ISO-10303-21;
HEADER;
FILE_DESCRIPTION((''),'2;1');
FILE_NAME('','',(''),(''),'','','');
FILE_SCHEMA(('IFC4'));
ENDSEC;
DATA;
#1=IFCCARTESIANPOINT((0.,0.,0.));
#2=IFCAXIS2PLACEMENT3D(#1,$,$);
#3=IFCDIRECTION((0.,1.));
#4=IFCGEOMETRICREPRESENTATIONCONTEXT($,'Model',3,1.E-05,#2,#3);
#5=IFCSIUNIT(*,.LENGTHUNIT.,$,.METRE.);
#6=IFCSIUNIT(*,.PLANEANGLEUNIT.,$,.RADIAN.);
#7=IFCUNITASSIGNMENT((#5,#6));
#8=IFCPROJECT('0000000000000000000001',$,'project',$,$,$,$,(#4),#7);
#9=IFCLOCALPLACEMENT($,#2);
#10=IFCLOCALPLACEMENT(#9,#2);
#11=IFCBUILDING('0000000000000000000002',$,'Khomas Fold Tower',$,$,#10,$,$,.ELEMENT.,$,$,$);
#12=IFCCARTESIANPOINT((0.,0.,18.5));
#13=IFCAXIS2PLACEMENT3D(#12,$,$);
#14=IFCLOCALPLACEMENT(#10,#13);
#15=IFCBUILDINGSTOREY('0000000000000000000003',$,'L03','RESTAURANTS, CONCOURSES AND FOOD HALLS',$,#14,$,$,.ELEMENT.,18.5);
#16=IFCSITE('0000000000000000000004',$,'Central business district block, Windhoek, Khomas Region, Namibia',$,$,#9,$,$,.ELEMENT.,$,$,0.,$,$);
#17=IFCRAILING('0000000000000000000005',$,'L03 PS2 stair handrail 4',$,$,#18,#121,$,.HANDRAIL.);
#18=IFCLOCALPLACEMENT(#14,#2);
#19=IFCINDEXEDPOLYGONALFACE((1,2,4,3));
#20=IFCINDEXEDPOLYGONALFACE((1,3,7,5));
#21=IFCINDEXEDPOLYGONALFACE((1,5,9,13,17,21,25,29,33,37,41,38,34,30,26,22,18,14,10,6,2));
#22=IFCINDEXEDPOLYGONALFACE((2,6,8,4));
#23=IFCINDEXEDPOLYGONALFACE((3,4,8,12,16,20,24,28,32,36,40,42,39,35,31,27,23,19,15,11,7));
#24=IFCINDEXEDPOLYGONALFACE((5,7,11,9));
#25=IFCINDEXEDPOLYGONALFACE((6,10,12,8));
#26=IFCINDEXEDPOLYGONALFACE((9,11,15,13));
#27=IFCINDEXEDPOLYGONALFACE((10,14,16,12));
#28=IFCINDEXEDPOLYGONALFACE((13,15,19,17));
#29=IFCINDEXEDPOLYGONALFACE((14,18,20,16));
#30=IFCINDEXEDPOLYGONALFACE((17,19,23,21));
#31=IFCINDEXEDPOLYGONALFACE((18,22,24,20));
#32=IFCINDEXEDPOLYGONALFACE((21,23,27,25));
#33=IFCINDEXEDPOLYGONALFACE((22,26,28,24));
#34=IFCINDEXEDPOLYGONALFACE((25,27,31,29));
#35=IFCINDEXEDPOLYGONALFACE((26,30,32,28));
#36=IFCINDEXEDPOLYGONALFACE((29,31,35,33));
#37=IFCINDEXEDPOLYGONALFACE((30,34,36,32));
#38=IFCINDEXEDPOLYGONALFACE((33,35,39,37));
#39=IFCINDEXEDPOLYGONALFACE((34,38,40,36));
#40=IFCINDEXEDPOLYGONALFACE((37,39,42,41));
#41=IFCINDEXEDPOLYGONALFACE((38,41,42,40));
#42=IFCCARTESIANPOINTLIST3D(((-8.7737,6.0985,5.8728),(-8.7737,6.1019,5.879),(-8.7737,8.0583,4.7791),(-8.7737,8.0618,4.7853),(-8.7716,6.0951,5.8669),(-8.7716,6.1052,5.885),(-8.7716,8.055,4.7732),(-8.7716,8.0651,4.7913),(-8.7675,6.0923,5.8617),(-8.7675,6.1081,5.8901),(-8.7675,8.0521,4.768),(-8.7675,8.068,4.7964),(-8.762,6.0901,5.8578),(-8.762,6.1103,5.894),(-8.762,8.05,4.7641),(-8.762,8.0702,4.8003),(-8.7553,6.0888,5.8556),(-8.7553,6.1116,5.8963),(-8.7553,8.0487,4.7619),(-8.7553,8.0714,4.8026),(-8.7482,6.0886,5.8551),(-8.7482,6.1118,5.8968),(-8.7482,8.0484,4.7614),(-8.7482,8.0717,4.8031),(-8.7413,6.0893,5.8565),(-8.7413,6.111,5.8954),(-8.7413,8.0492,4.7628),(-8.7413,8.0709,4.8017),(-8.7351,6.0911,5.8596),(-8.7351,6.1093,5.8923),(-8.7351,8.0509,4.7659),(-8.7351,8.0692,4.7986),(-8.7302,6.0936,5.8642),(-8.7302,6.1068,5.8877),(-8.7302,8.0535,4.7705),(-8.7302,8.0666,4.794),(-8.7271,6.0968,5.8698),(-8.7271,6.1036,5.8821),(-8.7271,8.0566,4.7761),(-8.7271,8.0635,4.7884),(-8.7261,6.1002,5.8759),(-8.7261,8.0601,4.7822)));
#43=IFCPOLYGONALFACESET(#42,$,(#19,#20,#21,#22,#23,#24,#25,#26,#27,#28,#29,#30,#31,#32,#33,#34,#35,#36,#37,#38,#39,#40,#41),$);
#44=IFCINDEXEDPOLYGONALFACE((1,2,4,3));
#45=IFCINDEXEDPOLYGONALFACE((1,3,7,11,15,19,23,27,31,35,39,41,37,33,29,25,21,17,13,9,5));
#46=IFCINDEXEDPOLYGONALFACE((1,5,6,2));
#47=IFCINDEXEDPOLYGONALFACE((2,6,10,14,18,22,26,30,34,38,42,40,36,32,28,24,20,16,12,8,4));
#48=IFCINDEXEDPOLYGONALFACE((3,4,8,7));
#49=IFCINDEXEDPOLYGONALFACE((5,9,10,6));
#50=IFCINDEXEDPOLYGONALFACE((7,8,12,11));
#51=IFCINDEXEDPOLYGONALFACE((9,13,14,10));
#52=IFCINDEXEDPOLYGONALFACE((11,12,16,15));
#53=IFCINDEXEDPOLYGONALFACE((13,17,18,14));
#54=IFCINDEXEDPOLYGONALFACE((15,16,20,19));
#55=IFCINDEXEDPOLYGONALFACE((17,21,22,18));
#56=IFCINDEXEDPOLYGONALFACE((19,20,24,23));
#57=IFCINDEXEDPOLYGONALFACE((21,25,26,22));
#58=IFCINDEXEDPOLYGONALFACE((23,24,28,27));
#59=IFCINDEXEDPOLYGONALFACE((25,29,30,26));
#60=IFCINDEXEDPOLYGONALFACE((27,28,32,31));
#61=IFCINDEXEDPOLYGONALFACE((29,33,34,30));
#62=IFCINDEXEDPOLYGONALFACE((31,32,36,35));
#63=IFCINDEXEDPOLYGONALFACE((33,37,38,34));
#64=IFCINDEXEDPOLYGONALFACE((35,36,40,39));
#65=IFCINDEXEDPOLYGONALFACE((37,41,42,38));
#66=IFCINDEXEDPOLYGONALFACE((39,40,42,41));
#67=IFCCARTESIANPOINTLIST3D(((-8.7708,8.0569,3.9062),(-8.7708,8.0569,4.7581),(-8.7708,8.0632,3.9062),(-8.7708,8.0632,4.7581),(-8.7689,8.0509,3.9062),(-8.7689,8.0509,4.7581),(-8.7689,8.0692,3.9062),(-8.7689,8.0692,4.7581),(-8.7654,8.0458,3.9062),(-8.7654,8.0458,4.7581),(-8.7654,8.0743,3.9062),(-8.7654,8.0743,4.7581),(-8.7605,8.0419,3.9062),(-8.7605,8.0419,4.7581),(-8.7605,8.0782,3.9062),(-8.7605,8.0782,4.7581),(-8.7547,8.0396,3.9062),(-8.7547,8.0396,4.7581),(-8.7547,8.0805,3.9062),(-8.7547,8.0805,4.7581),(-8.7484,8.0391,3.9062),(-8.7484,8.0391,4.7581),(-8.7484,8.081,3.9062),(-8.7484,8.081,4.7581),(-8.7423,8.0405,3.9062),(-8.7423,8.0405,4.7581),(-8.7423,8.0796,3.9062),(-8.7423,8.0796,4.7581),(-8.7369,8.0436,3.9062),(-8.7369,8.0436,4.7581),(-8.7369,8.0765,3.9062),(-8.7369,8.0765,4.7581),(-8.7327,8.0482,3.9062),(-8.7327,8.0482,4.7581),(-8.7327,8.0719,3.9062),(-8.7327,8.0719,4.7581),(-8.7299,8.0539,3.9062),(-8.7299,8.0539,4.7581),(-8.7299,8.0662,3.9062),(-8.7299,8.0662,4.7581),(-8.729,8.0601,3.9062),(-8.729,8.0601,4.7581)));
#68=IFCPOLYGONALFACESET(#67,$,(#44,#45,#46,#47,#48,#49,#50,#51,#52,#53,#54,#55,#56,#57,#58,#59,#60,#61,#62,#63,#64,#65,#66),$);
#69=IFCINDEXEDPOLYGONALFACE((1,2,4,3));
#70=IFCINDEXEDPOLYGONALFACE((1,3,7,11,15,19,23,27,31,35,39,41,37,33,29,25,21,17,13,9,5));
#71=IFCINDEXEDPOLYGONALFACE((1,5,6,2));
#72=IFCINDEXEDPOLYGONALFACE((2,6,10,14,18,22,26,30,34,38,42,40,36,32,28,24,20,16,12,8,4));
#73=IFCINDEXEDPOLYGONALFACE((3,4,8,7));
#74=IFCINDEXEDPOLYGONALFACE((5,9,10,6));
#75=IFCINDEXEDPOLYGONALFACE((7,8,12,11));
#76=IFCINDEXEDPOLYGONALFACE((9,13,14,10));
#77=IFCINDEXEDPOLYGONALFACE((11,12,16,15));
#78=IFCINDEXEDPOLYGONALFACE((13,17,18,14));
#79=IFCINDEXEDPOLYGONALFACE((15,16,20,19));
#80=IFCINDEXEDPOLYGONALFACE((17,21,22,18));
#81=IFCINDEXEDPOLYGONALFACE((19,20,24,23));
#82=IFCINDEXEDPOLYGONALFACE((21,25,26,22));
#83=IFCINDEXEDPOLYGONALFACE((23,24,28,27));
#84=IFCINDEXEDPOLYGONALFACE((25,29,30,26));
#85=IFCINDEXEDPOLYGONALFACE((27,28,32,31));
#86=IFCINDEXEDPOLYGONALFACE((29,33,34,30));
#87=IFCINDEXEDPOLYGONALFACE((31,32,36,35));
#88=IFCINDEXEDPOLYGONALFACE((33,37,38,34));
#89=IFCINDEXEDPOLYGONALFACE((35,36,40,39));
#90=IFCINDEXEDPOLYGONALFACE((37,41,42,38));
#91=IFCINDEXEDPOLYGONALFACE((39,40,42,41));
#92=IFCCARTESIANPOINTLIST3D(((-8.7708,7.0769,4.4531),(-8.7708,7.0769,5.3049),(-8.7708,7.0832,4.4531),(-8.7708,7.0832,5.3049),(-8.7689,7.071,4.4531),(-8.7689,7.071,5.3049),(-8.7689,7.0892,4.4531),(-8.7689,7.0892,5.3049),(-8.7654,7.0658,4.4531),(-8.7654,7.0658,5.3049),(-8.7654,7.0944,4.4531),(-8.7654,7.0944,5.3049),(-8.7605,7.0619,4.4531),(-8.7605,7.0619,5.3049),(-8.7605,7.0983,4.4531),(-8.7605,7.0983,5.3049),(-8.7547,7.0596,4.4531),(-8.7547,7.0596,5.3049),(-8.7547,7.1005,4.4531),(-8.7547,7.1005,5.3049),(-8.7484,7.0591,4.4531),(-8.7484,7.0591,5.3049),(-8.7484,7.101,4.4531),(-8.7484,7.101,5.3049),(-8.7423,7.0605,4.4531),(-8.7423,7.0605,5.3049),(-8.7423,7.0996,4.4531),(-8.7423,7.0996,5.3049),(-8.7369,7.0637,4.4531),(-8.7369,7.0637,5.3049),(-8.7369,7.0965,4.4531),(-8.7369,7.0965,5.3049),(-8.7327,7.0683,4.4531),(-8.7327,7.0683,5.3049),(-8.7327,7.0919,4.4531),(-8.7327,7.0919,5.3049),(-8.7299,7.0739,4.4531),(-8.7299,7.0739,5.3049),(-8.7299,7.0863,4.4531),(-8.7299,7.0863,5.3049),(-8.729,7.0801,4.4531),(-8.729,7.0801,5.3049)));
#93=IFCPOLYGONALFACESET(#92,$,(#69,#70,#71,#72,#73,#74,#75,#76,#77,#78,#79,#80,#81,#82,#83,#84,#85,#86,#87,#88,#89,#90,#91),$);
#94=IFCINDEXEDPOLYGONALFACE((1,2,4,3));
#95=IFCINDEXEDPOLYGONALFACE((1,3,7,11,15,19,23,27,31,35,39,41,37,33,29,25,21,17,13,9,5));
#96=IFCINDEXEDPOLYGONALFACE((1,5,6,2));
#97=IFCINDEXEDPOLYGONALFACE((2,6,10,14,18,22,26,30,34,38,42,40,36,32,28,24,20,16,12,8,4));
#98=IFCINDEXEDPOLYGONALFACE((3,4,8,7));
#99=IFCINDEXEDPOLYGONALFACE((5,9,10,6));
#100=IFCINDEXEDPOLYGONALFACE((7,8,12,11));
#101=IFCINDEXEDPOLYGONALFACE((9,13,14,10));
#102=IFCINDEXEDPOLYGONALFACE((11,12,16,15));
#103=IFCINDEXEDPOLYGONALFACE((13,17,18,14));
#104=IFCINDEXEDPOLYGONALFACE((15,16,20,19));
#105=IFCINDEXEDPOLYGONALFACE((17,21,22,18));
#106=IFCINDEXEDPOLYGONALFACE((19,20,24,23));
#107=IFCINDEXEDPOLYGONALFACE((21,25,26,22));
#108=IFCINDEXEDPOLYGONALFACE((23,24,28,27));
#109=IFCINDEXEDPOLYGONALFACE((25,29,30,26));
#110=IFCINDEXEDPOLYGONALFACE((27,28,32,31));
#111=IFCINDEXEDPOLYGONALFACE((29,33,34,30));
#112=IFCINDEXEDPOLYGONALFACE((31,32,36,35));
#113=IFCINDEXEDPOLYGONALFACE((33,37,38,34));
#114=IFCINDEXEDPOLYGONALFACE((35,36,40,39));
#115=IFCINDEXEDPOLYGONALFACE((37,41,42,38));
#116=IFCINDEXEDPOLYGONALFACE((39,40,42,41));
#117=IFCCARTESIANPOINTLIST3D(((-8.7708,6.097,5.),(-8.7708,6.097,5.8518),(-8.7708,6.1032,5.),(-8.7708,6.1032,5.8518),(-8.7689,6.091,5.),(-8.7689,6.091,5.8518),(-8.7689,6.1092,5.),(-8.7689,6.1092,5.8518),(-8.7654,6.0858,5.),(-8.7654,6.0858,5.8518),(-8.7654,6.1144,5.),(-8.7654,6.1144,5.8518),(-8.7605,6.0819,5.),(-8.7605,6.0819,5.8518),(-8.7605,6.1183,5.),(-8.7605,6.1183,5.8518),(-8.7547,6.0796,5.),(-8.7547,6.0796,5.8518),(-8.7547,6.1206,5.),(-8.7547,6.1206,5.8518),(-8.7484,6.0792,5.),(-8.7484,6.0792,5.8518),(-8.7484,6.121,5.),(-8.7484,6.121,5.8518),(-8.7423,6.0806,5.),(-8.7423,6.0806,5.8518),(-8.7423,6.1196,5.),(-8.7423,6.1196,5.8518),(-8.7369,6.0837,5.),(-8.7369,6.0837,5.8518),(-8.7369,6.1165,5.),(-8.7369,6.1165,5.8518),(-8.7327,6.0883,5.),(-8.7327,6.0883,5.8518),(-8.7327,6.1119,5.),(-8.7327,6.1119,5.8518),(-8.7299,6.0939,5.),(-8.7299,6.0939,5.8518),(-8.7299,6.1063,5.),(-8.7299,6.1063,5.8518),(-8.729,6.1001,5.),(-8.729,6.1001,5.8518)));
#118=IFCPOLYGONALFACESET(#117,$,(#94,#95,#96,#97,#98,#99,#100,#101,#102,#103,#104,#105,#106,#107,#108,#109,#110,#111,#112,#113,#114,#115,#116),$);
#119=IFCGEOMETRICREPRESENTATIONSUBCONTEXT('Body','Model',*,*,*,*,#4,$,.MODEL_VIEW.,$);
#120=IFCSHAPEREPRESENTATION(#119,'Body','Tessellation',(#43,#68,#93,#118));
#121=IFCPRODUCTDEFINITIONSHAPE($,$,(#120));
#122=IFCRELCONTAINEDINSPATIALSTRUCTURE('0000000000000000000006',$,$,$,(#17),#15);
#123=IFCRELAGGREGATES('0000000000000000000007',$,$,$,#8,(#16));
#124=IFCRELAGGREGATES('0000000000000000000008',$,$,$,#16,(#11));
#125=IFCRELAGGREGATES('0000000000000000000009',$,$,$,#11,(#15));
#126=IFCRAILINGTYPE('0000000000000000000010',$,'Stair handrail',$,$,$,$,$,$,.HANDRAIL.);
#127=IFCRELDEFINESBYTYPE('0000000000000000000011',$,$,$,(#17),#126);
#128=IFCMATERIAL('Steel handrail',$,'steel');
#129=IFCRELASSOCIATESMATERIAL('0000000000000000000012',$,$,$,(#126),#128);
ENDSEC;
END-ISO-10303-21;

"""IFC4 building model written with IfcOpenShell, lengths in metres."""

from ifc_helpers import new_model, si_unit, direction, frame, origin, origin_2d, place, context, subcontext, project, spatial, circle, extrude, source, transform, mapped, material, type_object, element, save


model = new_model("IFC4")

# Units and contexts
model_context = context("Model", 3, precision=1e-05, world=origin(), true_north=direction((0.0, 1.0)))
body_context = subcontext(model_context, "Body", "Model", "MODEL_VIEW")
ifc_project = project(units=[si_unit("LENGTHUNIT", "METRE"), si_unit("PLANEANGLEUNIT", "RADIAN")], contexts=[model_context])

# Site, building, storey
site_placement = place(None, origin())
site = spatial("IfcSite", under=ifc_project, at=site_placement, Name="Central business district block, Windhoek, Khomas Region, Namibia", CompositionType="ELEMENT", RefElevation=0.0)
building_placement = place(site_placement, origin())
building = spatial("IfcBuilding", under=site, at=building_placement, Name="Khomas Fold Tower", CompositionType="ELEMENT")
storey_placement = place(building_placement, frame((0.0, 0.0, 18.5)))
storey = spatial("IfcBuildingStorey", under=building, at=storey_placement, Name="L03", Description="RESTAURANTS, CONCOURSES AND FOOD HALLS", CompositionType="ELEMENT", Elevation=18.5)

# Railing
ifc_material_1 = material(Name="Steel handrail", Category="steel")
railing_type_1 = type_object("IfcRailingType", Name="Stair handrail", PredefinedType="HANDRAIL", material=ifc_material_1)
shared_shape_1 = source(origin(), body_context, "Body", "SweptSolid", [
    extrude(circle(Radius=0.0239, at=origin_2d()), frame((0.0, 0.0, 0.876), z_axis=(0.0, -0.873232, 0.487304), x_axis=(1.0, 0.0, 0.0)), (0.0, 0.0, 1.0), 2.2444),
    extrude(circle(Radius=0.021, at=origin_2d()), origin(), (0.0, 0.0, 1.0), 0.8518),
    extrude(circle(Radius=0.021, at=origin_2d()), frame((0.0, -0.98, 0.5469)), (0.0, 0.0, 1.0), 0.8518),
    extrude(circle(Radius=0.021, at=origin_2d()), frame((0.0, -1.96, 1.0938)), (0.0, 0.0, 1.0), 0.8518),
])
for number, where, name in (
    (1, (-8.75, 8.0601, 3.9062), "L03 PS2 stair handrail 4"),
):
    element("IfcRailing", number, at=place(storey_placement, frame(where)), inside=storey, type_object=railing_type_1, Name=name, PredefinedType="HANDRAIL", context=body_context, shape_type="MappedRepresentation", body=[
        mapped(shared_shape_1, transform((0.0, 0.0, 0.0))),
    ])

save(model, "model.ifc")
